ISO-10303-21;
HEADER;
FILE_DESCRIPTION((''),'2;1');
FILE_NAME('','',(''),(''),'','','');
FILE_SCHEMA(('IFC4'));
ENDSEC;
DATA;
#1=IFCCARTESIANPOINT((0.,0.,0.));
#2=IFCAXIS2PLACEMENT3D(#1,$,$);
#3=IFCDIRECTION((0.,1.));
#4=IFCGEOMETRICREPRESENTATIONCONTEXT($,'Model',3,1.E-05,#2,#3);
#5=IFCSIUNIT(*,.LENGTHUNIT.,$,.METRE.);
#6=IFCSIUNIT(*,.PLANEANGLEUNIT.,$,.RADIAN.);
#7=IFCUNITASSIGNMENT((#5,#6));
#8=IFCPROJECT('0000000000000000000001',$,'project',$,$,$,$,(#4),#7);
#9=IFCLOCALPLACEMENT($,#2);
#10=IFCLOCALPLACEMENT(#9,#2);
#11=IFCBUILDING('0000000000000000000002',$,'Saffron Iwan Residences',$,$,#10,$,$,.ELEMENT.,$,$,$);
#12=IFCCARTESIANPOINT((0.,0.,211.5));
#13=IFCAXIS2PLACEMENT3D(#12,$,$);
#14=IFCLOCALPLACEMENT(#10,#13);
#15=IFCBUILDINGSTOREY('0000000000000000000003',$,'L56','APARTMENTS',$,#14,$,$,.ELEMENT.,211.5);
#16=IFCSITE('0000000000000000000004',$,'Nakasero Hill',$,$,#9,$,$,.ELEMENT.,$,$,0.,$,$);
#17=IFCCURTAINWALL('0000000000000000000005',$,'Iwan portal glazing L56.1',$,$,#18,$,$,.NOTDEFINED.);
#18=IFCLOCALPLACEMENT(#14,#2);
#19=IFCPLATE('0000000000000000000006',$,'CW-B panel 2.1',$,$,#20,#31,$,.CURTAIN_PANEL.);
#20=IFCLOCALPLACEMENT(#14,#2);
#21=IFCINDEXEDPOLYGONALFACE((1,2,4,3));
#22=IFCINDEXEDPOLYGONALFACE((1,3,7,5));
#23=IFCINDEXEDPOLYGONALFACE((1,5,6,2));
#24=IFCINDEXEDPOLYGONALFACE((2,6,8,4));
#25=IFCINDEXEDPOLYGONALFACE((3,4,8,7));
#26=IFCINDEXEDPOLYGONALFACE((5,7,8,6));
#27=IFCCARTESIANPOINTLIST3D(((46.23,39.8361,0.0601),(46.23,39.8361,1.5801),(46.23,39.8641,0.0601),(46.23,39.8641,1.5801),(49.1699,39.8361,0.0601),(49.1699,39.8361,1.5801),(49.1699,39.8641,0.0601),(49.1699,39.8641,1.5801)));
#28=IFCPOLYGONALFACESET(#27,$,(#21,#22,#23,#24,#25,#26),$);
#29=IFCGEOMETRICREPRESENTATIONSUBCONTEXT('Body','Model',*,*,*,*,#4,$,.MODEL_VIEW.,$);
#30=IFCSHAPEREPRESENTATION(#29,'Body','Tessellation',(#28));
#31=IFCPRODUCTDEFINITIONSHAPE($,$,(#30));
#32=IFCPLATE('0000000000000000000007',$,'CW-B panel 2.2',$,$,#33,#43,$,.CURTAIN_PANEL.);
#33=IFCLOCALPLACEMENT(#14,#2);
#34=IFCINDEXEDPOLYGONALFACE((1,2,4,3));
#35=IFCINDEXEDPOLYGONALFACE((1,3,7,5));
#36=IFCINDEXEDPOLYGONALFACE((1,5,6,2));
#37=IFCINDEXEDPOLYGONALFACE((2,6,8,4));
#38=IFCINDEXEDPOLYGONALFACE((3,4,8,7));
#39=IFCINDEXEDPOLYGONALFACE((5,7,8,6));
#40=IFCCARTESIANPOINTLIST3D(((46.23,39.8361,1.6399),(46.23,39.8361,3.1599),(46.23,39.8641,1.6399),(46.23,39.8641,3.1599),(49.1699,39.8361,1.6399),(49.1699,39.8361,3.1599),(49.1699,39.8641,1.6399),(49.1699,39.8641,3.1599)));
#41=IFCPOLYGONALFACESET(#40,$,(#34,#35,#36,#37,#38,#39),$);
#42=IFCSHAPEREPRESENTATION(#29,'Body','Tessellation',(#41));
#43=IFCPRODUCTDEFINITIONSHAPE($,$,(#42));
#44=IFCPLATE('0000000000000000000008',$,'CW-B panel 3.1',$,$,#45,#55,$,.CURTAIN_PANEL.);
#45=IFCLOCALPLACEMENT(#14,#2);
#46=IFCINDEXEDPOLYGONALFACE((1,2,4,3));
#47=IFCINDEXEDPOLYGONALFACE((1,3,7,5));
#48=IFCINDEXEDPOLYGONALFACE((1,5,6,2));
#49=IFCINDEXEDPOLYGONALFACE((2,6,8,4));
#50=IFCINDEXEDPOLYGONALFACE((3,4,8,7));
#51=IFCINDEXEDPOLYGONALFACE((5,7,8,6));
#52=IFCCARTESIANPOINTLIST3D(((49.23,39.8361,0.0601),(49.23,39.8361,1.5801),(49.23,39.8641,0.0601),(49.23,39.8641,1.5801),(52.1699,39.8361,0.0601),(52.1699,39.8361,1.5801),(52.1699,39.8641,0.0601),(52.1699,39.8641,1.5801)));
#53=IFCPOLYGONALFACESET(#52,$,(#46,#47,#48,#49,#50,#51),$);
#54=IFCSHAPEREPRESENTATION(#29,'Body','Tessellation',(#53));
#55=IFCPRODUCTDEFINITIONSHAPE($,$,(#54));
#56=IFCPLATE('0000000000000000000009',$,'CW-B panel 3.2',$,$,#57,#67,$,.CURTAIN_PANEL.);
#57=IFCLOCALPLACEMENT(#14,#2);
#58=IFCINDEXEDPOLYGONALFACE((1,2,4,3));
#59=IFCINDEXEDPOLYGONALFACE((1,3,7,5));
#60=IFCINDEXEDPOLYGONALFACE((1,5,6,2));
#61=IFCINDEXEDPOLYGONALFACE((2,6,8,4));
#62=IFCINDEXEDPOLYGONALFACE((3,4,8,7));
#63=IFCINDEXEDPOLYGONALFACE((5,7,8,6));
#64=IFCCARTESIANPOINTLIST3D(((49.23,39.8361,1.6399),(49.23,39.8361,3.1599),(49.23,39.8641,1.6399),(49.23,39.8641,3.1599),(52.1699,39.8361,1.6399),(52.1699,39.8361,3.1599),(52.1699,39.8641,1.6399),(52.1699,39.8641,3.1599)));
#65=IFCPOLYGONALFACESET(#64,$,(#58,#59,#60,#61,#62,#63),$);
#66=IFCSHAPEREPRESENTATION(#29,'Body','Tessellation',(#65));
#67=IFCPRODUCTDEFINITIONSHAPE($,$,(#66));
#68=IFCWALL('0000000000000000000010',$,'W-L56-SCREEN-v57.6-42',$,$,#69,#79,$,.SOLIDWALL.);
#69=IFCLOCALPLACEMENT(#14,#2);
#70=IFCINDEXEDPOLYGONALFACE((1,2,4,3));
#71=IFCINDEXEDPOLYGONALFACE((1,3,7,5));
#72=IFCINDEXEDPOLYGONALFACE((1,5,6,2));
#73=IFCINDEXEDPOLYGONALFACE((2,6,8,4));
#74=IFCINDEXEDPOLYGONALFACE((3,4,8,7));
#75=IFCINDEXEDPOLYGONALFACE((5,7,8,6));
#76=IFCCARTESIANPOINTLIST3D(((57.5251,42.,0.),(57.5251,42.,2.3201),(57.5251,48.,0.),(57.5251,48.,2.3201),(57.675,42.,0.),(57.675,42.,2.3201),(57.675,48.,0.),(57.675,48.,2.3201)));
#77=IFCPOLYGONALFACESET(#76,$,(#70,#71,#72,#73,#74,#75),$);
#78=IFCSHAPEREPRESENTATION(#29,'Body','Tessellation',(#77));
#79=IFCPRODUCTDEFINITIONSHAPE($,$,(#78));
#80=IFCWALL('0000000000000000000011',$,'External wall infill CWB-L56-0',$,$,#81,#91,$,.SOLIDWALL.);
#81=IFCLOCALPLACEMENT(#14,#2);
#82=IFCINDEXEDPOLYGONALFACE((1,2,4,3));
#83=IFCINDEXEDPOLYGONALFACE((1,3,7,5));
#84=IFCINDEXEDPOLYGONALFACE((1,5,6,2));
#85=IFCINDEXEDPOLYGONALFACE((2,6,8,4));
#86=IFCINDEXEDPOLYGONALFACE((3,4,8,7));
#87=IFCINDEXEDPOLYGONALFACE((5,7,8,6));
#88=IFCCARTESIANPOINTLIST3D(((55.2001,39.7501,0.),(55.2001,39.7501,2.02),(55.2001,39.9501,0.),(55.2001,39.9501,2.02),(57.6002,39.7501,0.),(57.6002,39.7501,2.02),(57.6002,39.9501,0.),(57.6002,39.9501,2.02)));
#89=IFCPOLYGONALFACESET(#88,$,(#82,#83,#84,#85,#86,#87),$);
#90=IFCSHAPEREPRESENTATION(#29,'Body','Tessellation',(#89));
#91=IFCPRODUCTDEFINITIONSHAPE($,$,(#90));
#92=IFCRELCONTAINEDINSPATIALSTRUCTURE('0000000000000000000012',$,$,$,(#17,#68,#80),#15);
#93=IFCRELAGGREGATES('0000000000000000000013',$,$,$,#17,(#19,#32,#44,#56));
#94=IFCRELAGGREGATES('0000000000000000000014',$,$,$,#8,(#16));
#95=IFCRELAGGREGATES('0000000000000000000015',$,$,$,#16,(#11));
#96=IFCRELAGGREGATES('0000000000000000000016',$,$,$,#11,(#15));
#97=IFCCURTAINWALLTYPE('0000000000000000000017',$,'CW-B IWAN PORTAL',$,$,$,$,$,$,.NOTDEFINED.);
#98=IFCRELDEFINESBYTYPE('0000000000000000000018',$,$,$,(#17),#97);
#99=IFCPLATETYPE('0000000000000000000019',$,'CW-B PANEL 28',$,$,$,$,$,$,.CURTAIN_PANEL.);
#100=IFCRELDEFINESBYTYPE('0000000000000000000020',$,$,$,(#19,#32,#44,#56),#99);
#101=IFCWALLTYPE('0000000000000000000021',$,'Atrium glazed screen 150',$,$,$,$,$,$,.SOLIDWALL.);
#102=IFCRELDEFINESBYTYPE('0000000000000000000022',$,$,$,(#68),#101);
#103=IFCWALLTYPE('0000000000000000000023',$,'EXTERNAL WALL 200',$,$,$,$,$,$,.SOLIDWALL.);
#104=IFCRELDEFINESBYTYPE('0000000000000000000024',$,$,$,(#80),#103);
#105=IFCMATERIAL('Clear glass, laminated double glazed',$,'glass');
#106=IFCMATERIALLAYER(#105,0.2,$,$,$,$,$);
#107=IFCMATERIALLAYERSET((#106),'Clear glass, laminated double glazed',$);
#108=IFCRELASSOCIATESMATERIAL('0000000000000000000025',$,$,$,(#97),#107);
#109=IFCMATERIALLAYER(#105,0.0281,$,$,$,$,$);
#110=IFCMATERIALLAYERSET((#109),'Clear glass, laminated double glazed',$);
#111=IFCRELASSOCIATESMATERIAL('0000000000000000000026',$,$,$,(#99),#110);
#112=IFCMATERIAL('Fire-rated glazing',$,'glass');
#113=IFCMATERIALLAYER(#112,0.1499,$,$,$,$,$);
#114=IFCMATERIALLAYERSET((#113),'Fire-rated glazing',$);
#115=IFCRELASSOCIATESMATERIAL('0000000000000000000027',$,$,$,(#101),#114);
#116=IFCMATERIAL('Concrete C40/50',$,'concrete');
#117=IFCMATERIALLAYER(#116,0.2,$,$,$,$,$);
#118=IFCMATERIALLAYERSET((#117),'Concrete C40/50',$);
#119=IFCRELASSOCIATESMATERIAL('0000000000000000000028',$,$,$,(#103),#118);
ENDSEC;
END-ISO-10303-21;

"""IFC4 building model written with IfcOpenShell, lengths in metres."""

from ifc_helpers import new_model, si_unit, direction, frame, frame_2d, origin, origin_2d, place, context, subcontext, project, spatial, rectangle, extrude, source, transform, mapped, material, layer, layer_set, type_object, element, aggregate, save


model = new_model("IFC4")

# Units and contexts
model_context = context("Model", 3, precision=1e-05, world=origin(), true_north=direction((0.0, 1.0)))
body_context = subcontext(model_context, "Body", "Model", "MODEL_VIEW")
ifc_project = project(units=[si_unit("LENGTHUNIT", "METRE"), si_unit("PLANEANGLEUNIT", "RADIAN")], contexts=[model_context])

# Site, building, storey
site_placement = place(None, origin())
site = spatial("IfcSite", under=ifc_project, at=site_placement, Name="Nakasero Hill", CompositionType="ELEMENT", RefElevation=0.0)
building_placement = place(site_placement, origin())
building = spatial("IfcBuilding", under=site, at=building_placement, Name="Saffron Iwan Residences", CompositionType="ELEMENT")
storey_placement = place(building_placement, frame((0.0, 0.0, 211.5)))
storey = spatial("IfcBuildingStorey", under=building, at=storey_placement, Name="L56", Description="APARTMENTS", CompositionType="ELEMENT", Elevation=211.5)

# Shared definitions
ifc_material_1 = material(Name="Concrete C40/50", Category="concrete")

# Curtain wall, plates
ifc_material_2 = material(Name="Clear glass, laminated double glazed", Category="glass")
ifc_layer_1 = layer(ifc_material_2, 0.2)
ifc_layer_set_1 = layer_set([ifc_layer_1], Name="Clear glass, laminated double glazed")
curtain_wall_type = type_object("IfcCurtainWallType", Name="CW-B IWAN PORTAL", PredefinedType="NOTDEFINED", material=ifc_layer_set_1)
curtain_wall_placement = place(storey_placement, origin())
curtain_wall = element("IfcCurtainWall", 1, at=curtain_wall_placement, inside=storey, type_object=curtain_wall_type, Name="Iwan portal glazing L56.1", PredefinedType="NOTDEFINED")
ifc_layer_2 = layer(ifc_material_2, 0.0281)
ifc_layer_set_2 = layer_set([ifc_layer_2], Name="Clear glass, laminated double glazed")
plate_type = type_object("IfcPlateType", Name="CW-B PANEL 28", PredefinedType="CURTAIN_PANEL", material=ifc_layer_set_2)
shared_shape_1 = source(origin(), body_context, "Body", "SweptSolid", [
    extrude(rectangle(XDim=2.9399, YDim=0.0281, at=origin_2d()), origin(), (0.0, 0.0, 1.0), 1.52),
])
plate_1_placement = place(storey_placement, frame((47.7, 39.8501, 0.0601), z_axis=(0.0, 0.0, 1.0), x_axis=(1.0, 0.0, 0.0)))
plate_1 = element("IfcPlate", 2, at=plate_1_placement, type_object=plate_type, Name="CW-B panel 2.1", PredefinedType="CURTAIN_PANEL", context=body_context, shape_type="MappedRepresentation", body=[
    mapped(shared_shape_1, transform((0.0, 0.0, 0.0))),
])
plate_2_placement = place(storey_placement, frame((47.7, 39.8501, 1.6399), z_axis=(0.0, 0.0, 1.0), x_axis=(1.0, 0.0, 0.0)))
plate_2 = element("IfcPlate", 3, at=plate_2_placement, type_object=plate_type, Name="CW-B panel 2.2", PredefinedType="CURTAIN_PANEL", context=body_context, shape_type="MappedRepresentation", body=[
    mapped(shared_shape_1, transform((0.0, 0.0, 0.0))),
])
plate_3_placement = place(storey_placement, frame((50.7, 39.8501, 0.0601), z_axis=(0.0, 0.0, 1.0), x_axis=(1.0, 0.0, 0.0)))
plate_3 = element("IfcPlate", 4, at=plate_3_placement, type_object=plate_type, Name="CW-B panel 3.1", PredefinedType="CURTAIN_PANEL", context=body_context, shape_type="MappedRepresentation", body=[
    mapped(shared_shape_1, transform((0.0, 0.0, 0.0))),
])
plate_4_placement = place(storey_placement, frame((50.7, 39.8501, 1.6399), z_axis=(0.0, 0.0, 1.0), x_axis=(1.0, 0.0, 0.0)))
plate_4 = element("IfcPlate", 5, at=plate_4_placement, type_object=plate_type, Name="CW-B panel 3.2", PredefinedType="CURTAIN_PANEL", context=body_context, shape_type="MappedRepresentation", body=[
    mapped(shared_shape_1, transform((0.0, 0.0, 0.0))),
])
aggregate(curtain_wall, [plate_1, plate_2, plate_3, plate_4])

# Walls
ifc_material_3 = material(Name="Fire-rated glazing", Category="glass")
ifc_layer_3 = layer(ifc_material_3, 0.1499)
ifc_layer_set_3 = layer_set([ifc_layer_3], Name="Fire-rated glazing")
wall_type_1 = type_object("IfcWallType", Name="Atrium glazed screen 150", PredefinedType="SOLIDWALL", material=ifc_layer_set_3)
wall_1_placement = place(storey_placement, frame((57.6001, 42.0, 0.0), z_axis=(0.0, 0.0, 1.0), x_axis=(0.0, 1.0, 0.0)))
element("IfcWall", 6, at=wall_1_placement, inside=storey, type_object=wall_type_1, Name="W-L56-SCREEN-v57.6-42", PredefinedType="SOLIDWALL", context=body_context, shape_type="SweptSolid", body=[
    extrude(rectangle(XDim=6.0, YDim=0.1499, at=frame_2d((3.0, 0.0))), origin(), (0.0, 0.0, 1.0), 2.3201),
])
ifc_layer_4 = layer(ifc_material_1, 0.2)
ifc_layer_set_4 = layer_set([ifc_layer_4], Name="Concrete C40/50")
wall_type_2 = type_object("IfcWallType", Name="EXTERNAL WALL 200", PredefinedType="SOLIDWALL", material=ifc_layer_set_4)
wall_2_placement = place(storey_placement, frame((55.2, 39.8501, 0.0), z_axis=(0.0, 0.0, 1.0), x_axis=(1.0, 0.0, 0.0)))
element("IfcWall", 7, at=wall_2_placement, inside=storey, type_object=wall_type_2, Name="External wall infill CWB-L56-0", PredefinedType="SOLIDWALL", context=body_context, shape_type="SweptSolid", body=[
    extrude(rectangle(XDim=2.4001, YDim=0.2, at=frame_2d((1.2002, 0.0))), origin(), (0.0, 0.0, 1.0), 2.02),
])

save(model, "model.ifc")
